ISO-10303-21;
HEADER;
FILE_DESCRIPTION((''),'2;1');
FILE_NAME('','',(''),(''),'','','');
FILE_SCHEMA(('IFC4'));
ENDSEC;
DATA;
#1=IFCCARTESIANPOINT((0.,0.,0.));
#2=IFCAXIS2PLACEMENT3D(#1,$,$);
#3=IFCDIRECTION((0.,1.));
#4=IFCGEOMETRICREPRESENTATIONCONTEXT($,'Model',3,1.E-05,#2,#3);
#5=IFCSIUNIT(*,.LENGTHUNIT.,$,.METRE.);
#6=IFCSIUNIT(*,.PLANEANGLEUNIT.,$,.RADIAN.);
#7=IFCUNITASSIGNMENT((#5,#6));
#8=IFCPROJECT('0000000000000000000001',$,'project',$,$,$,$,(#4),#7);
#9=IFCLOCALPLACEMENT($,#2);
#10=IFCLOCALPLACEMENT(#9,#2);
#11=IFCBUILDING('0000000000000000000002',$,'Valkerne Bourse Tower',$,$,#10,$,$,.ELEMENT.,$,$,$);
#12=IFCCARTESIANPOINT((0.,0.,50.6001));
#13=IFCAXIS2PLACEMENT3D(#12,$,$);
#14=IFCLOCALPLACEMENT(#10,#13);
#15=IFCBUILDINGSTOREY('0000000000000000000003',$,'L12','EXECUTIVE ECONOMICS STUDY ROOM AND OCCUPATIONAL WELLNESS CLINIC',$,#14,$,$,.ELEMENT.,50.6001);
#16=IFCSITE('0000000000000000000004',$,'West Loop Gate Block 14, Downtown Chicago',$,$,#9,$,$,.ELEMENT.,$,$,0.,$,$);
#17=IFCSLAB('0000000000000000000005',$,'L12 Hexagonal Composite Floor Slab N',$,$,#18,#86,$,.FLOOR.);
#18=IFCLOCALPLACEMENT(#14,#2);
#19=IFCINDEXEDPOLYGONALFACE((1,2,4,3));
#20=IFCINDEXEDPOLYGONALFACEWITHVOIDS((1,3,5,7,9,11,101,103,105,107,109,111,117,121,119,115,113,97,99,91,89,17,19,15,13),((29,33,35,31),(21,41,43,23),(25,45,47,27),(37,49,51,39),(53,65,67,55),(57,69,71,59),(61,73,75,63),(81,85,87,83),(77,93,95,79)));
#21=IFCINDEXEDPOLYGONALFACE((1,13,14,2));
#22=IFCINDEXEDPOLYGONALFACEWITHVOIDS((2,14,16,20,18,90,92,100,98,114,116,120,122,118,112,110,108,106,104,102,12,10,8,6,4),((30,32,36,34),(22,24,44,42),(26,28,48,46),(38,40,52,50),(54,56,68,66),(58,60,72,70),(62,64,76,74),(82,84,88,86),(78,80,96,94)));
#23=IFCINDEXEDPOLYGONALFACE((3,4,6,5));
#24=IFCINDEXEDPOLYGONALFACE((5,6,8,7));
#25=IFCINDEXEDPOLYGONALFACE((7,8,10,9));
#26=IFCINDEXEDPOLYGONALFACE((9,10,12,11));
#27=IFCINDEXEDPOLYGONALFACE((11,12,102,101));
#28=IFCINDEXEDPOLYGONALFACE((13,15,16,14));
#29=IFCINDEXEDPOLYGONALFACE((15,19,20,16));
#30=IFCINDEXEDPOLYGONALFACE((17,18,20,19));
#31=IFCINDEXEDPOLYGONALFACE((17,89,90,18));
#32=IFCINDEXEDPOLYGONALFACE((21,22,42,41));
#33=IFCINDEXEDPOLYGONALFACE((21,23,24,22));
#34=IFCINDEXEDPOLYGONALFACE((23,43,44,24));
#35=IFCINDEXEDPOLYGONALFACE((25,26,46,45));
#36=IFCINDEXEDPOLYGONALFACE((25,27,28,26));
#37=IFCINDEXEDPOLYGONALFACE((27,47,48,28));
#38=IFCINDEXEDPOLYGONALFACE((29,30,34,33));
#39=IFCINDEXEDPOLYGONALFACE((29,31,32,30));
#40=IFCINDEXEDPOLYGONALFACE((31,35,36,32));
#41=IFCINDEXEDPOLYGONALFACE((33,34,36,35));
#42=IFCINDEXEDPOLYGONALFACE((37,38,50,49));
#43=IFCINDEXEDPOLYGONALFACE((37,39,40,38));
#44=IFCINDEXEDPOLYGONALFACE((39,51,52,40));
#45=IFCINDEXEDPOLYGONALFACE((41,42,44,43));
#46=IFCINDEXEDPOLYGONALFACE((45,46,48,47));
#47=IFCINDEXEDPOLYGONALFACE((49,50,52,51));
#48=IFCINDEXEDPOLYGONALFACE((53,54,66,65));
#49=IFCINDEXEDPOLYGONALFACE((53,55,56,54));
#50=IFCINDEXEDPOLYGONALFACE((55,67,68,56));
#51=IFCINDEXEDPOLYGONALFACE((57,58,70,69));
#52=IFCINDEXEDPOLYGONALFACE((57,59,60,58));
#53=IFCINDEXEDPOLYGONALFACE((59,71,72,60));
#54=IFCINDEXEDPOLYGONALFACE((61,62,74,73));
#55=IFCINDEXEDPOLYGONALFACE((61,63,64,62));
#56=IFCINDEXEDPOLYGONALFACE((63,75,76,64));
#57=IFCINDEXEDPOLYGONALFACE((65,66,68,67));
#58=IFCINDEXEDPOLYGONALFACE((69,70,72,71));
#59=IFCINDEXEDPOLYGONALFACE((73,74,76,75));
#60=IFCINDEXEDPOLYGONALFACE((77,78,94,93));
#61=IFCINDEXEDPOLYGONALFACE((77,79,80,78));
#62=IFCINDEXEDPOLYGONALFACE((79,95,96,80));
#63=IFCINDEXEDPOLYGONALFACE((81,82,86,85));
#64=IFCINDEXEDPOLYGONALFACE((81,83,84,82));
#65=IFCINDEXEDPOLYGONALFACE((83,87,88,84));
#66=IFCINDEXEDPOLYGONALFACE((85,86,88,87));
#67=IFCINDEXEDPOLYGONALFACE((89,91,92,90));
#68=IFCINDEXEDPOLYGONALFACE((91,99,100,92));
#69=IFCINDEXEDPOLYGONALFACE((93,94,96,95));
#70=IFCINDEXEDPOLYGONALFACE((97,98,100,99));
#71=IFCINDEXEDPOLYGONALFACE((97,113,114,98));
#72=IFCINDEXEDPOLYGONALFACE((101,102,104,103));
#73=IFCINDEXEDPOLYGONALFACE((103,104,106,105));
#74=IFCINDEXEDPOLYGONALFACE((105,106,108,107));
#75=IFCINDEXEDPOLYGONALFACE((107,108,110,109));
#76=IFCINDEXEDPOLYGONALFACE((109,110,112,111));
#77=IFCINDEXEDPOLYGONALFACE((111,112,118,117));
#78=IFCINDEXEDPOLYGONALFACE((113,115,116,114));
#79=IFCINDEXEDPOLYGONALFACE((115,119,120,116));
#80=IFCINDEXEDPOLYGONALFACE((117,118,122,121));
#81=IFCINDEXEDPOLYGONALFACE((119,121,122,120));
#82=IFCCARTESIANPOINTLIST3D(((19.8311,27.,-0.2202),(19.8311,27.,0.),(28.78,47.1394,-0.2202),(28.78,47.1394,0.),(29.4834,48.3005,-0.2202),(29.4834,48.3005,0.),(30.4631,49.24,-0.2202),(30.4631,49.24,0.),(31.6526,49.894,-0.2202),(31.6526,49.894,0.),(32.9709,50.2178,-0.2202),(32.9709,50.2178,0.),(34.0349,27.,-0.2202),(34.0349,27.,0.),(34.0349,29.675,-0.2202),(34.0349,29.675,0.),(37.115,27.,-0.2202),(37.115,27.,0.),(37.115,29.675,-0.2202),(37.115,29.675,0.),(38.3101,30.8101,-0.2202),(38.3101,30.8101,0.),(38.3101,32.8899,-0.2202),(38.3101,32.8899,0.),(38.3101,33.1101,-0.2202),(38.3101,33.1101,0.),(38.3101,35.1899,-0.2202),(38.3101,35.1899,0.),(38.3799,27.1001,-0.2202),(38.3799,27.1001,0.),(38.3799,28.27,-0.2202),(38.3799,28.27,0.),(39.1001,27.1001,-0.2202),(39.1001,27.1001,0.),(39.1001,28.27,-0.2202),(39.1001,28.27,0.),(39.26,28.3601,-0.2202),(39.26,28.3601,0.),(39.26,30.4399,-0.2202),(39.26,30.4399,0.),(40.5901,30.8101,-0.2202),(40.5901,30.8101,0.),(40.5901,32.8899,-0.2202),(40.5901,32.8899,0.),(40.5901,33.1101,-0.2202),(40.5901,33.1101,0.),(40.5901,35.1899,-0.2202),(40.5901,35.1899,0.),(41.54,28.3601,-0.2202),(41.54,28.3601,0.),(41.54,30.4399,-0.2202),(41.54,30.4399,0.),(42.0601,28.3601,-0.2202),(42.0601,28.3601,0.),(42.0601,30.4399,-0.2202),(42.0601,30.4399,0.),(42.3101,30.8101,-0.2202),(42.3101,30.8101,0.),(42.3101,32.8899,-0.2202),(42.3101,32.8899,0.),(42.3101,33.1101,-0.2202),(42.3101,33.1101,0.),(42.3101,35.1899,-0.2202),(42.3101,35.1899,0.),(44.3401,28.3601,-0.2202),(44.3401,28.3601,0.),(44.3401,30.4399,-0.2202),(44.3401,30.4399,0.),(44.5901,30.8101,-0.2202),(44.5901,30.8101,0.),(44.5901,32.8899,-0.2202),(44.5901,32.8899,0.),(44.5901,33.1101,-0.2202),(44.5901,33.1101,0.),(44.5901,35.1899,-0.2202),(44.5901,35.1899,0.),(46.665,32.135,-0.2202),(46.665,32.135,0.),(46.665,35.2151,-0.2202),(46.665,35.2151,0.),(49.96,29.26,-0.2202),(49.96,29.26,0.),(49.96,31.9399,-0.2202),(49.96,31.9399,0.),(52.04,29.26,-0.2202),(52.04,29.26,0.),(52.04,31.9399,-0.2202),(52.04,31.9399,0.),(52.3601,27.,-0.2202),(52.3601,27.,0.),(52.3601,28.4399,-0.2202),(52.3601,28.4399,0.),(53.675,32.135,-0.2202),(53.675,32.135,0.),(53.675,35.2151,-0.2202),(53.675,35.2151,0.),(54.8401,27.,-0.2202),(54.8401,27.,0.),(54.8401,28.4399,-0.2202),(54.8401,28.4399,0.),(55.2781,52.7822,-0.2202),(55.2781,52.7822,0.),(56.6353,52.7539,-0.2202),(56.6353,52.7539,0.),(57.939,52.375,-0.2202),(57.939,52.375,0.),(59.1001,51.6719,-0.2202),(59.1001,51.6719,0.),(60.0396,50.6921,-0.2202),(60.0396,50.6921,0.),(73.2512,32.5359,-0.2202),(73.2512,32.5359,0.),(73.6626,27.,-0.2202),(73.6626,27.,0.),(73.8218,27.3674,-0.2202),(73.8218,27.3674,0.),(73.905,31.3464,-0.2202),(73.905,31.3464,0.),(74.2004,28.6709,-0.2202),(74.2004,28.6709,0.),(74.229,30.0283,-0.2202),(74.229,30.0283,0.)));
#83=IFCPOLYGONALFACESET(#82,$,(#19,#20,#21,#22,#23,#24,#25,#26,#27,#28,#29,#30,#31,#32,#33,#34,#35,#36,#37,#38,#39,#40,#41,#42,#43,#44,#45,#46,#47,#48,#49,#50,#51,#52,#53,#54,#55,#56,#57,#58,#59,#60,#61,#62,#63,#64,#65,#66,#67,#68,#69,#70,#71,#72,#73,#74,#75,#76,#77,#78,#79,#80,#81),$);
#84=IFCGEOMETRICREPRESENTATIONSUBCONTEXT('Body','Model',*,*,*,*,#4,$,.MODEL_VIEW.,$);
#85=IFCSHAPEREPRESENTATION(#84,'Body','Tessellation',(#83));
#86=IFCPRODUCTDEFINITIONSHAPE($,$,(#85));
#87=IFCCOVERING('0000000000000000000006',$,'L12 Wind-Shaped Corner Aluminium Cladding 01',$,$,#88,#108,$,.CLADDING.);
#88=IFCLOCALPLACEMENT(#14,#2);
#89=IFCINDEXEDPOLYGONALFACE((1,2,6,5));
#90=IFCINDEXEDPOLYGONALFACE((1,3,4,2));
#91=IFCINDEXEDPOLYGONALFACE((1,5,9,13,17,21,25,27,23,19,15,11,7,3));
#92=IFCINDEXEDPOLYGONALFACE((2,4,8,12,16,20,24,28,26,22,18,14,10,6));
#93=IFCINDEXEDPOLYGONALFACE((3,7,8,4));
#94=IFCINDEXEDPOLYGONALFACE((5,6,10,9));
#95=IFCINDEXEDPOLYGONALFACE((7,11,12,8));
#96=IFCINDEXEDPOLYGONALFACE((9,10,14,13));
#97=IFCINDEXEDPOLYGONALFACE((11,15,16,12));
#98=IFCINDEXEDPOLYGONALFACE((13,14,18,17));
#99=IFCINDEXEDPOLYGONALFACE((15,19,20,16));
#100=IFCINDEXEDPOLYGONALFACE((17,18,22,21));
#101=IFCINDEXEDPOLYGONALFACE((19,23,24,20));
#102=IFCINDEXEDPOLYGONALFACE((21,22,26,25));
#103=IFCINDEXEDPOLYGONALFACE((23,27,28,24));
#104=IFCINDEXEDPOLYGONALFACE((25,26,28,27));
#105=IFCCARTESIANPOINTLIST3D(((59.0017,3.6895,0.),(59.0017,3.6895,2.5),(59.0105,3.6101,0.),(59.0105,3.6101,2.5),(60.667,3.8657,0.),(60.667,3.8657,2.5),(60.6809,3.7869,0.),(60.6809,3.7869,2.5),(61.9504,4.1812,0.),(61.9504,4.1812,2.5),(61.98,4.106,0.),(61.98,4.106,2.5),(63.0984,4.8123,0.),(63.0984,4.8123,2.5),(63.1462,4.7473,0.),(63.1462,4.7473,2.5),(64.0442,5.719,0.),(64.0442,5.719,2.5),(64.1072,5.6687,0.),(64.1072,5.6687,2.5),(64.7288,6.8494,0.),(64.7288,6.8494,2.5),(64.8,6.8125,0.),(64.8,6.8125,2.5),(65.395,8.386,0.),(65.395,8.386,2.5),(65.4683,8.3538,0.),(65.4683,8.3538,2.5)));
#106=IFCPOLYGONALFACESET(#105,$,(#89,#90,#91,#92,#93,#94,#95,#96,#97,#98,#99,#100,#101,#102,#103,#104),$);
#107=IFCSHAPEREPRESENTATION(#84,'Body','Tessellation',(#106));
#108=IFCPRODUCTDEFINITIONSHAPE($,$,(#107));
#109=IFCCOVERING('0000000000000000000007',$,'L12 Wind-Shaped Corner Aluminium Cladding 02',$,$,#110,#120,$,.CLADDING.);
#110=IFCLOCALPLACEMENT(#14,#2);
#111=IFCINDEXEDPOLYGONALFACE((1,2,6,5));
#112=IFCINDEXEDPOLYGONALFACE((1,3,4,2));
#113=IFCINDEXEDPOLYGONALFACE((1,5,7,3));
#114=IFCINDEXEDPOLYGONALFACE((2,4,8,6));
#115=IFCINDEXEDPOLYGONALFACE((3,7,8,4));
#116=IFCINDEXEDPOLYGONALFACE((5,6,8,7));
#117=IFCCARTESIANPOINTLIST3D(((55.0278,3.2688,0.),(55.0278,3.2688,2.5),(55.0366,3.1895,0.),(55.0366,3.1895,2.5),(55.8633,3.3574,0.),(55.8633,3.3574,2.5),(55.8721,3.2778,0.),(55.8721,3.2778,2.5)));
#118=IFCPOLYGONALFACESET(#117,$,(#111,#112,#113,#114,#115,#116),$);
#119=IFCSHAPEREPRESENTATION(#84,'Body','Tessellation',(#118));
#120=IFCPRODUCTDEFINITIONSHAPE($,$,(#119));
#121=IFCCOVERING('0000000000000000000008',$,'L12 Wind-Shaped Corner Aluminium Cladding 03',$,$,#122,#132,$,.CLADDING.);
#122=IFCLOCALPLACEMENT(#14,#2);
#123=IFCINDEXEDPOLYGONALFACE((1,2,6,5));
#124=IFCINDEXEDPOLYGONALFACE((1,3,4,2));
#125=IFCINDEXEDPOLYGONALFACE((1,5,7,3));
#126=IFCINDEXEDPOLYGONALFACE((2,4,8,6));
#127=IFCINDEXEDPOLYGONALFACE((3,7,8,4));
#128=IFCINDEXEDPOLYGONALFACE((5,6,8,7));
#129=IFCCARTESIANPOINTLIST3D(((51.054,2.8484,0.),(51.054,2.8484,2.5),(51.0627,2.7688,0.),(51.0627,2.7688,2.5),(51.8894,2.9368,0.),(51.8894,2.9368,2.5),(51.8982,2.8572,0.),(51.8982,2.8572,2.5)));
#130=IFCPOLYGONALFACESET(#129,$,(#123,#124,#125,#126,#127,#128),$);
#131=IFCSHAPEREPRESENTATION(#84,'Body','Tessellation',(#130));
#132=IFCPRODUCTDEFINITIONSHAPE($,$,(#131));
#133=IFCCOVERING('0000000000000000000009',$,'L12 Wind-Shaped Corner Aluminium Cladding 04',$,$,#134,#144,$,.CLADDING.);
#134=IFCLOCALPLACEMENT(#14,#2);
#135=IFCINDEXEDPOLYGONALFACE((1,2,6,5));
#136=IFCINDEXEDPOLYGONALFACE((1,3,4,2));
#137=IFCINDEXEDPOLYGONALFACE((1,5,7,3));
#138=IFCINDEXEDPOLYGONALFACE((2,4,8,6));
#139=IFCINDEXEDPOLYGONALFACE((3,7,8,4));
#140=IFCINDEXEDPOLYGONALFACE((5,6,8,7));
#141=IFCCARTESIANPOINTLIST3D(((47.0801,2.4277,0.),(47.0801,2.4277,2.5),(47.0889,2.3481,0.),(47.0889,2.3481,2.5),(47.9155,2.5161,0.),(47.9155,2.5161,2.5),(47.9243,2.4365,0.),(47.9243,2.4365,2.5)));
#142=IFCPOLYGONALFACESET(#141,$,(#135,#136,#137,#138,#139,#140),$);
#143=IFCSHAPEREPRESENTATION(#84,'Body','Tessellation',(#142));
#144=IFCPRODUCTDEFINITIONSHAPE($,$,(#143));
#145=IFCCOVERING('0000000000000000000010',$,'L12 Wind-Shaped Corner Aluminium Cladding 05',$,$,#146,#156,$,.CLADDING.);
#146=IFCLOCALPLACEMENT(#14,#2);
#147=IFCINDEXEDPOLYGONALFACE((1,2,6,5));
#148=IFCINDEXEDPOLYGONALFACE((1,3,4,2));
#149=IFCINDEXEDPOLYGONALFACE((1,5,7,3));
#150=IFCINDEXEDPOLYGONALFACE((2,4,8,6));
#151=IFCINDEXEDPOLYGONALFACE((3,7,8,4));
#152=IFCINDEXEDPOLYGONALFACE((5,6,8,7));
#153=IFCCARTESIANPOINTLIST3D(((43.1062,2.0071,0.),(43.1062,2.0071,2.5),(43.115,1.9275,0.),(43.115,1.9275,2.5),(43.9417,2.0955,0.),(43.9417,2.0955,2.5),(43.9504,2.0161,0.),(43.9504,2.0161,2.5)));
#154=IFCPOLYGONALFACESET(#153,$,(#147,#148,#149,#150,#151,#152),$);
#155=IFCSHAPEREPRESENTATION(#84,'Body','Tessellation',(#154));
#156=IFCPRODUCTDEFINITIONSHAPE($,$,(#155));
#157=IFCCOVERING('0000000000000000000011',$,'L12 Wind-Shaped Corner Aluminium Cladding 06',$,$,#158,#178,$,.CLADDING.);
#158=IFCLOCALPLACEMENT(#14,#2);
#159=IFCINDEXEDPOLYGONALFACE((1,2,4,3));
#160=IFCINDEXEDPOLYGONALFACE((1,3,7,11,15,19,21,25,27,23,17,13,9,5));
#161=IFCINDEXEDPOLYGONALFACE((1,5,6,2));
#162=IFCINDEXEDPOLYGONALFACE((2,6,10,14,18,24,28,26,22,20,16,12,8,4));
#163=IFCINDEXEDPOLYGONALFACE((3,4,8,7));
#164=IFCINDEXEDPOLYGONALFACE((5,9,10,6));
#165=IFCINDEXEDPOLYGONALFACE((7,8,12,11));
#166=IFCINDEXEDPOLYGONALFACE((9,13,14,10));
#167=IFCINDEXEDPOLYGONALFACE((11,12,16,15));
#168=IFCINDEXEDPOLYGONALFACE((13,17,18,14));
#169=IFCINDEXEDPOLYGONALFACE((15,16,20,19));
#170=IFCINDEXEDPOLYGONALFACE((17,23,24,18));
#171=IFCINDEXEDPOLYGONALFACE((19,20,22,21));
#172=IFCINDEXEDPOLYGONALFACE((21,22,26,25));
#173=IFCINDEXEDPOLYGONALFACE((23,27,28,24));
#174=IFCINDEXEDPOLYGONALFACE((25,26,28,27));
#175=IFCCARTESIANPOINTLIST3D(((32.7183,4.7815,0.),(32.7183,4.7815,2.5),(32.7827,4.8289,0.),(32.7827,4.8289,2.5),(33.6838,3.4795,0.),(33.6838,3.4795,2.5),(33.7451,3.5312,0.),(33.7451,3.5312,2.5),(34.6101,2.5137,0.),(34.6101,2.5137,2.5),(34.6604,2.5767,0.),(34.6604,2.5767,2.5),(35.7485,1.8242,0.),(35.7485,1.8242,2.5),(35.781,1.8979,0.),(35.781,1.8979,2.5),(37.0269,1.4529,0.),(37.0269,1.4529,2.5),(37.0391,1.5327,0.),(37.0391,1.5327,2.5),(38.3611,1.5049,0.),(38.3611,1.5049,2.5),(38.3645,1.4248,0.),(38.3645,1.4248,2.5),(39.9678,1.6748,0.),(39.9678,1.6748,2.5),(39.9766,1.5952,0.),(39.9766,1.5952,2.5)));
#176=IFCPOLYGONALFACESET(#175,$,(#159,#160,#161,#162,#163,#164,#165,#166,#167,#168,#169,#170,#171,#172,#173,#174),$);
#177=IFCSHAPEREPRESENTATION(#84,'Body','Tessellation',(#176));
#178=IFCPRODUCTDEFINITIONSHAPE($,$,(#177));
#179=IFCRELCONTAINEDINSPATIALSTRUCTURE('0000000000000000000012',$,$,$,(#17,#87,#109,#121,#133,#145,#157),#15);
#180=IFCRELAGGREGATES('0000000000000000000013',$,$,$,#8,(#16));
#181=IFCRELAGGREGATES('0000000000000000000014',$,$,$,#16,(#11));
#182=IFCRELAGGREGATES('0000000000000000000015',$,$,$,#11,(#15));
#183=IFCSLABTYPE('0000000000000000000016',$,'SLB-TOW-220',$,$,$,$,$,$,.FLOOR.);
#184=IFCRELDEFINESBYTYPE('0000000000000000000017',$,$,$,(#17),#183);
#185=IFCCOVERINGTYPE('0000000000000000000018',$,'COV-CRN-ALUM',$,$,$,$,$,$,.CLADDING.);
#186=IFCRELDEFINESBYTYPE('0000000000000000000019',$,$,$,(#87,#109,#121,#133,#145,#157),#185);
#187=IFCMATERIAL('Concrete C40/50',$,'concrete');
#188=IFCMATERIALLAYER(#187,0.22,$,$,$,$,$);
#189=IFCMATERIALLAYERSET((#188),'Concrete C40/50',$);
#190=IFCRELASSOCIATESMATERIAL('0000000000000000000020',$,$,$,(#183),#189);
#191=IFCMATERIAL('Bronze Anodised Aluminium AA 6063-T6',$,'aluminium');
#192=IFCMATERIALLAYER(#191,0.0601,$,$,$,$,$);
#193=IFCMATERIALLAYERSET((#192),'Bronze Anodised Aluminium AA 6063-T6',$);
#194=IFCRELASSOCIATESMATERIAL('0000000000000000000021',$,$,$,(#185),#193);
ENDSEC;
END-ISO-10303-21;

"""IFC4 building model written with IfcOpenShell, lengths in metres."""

from ifc_helpers import new_model, si_unit, direction, frame, origin, place, context, subcontext, project, spatial, polyline, outline, extrude, material, layer, layer_set, type_object, element, save


model = new_model("IFC4")

# Units and contexts
model_context = context("Model", 3, precision=1e-05, world=origin(), true_north=direction((0.0, 1.0)))
body_context = subcontext(model_context, "Body", "Model", "MODEL_VIEW")
ifc_project = project(units=[si_unit("LENGTHUNIT", "METRE"), si_unit("PLANEANGLEUNIT", "RADIAN")], contexts=[model_context])

# Site, building, storey
site_placement = place(None, origin())
site = spatial("IfcSite", under=ifc_project, at=site_placement, Name="West Loop Gate Block 14, Downtown Chicago", CompositionType="ELEMENT", RefElevation=0.0)
building_placement = place(site_placement, origin())
building = spatial("IfcBuilding", under=site, at=building_placement, Name="Valkerne Bourse Tower", CompositionType="ELEMENT")
storey_placement = place(building_placement, frame((0.0, 0.0, 50.6001)))
storey = spatial("IfcBuildingStorey", under=building, at=storey_placement, Name="L12", Description="EXECUTIVE ECONOMICS STUDY ROOM AND OCCUPATIONAL WELLNESS CLINIC", CompositionType="ELEMENT", Elevation=50.6001)

# Slab
ifc_material_1 = material(Name="Concrete C40/50", Category="concrete")
ifc_layer_1 = layer(ifc_material_1, 0.22)
ifc_layer_set_1 = layer_set([ifc_layer_1], Name="Concrete C40/50")
slab_type_1 = type_object("IfcSlabType", Name="SLB-TOW-220", PredefinedType="FLOOR", material=ifc_layer_set_1)
slab_1_placement = place(storey_placement, frame((0.0, 0.0, -0.2202)))
element("IfcSlab", 1, at=slab_1_placement, inside=storey, type_object=slab_type_1, Name="L12 Hexagonal Composite Floor Slab N", PredefinedType="FLOOR", context=body_context, shape_type="SweptSolid", body=[
    extrude(outline(polyline([(28.78, 47.1394), (29.4834, 48.3005), (30.4631, 49.24), (31.6526, 49.894), (32.9709, 50.2178), (55.2781, 52.7822), (56.6353, 52.7539), (57.939, 52.375), (59.1001, 51.6719), (60.0396, 50.6921), (73.2512, 32.5359), (73.905, 31.3464), (74.229, 30.0283), (74.2004, 28.6709), (73.8218, 27.3674), (73.6626, 27.0), (54.8401, 27.0), (54.8401, 28.4399), (52.3601, 28.4399), (52.3601, 27.0), (37.115, 27.0), (37.115, 29.675), (34.0349, 29.675), (34.0349, 27.0), (19.8311, 27.0), (28.78, 47.1394)]), holes=[polyline([(39.1001, 28.27), (38.3799, 28.27), (38.3799, 27.1001), (39.1001, 27.1001), (39.1001, 28.27)]), polyline([(41.54, 30.4399), (39.26, 30.4399), (39.26, 28.3601), (41.54, 28.3601), (41.54, 30.4399)]), polyline([(44.3401, 30.4399), (42.0601, 30.4399), (42.0601, 28.3601), (44.3401, 28.3601), (44.3401, 30.4399)]), polyline([(40.5901, 30.8101), (40.5901, 32.8899), (38.3101, 32.8899), (38.3101, 30.8101), (40.5901, 30.8101)]), polyline([(40.5901, 33.1101), (40.5901, 35.1899), (38.3101, 35.1899), (38.3101, 33.1101), (40.5901, 33.1101)]), polyline([(52.04, 31.9399), (49.96, 31.9399), (49.96, 29.26), (52.04, 29.26), (52.04, 31.9399)]), polyline([(44.5901, 32.8899), (42.3101, 32.8899), (42.3101, 30.8101), (44.5901, 30.8101), (44.5901, 32.8899)]), polyline([(53.675, 32.135), (53.675, 35.2151), (46.665, 35.2151), (46.665, 32.135), (53.675, 32.135)]), polyline([(44.5901, 33.1101), (44.5901, 35.1899), (42.3101, 35.1899), (42.3101, 33.1101), (44.5901, 33.1101)])]), origin(), (0.0, 0.0, 1.0), 0.2202),
])

# Coverings
ifc_material_2 = material(Name="Bronze Anodised Aluminium AA 6063-T6", Category="aluminium")
ifc_layer_2 = layer(ifc_material_2, 0.0601)
ifc_layer_set_2 = layer_set([ifc_layer_2], Name="Bronze Anodised Aluminium AA 6063-T6")
covering_type = type_object("IfcCoveringType", Name="COV-CRN-ALUM", PredefinedType="CLADDING", material=ifc_layer_set_2)
covering_1_placement = place(storey_placement, origin())
element("IfcCovering", 2, at=covering_1_placement, inside=storey, type_object=covering_type, Name="L12 Wind-Shaped Corner Aluminium Cladding 01", PredefinedType="CLADDING", context=body_context, shape_type="SweptSolid", body=[
    extrude(outline(polyline([(64.1072, 5.6687), (63.1462, 4.7473), (61.98, 4.106), (60.6809, 3.7869), (59.0105, 3.6101), (59.0017, 3.6895), (60.667, 3.8657), (61.9504, 4.1812), (63.0984, 4.8123), (64.0442, 5.719), (64.7288, 6.8494), (65.395, 8.386), (65.4683, 8.3538), (64.8, 6.8125), (64.1072, 5.6687)])), origin(), (0.0, 0.0, 1.0), 2.5),
])
covering_2_placement = place(storey_placement, origin())
element("IfcCovering", 3, at=covering_2_placement, inside=storey, type_object=covering_type, Name="L12 Wind-Shaped Corner Aluminium Cladding 02", PredefinedType="CLADDING", context=body_context, shape_type="SweptSolid", body=[
    extrude(outline(polyline([(55.0366, 3.1895), (55.0278, 3.2688), (55.8633, 3.3574), (55.8721, 3.2778), (55.0366, 3.1895)])), origin(), (0.0, 0.0, 1.0), 2.5),
])
covering_3_placement = place(storey_placement, origin())
element("IfcCovering", 4, at=covering_3_placement, inside=storey, type_object=covering_type, Name="L12 Wind-Shaped Corner Aluminium Cladding 03", PredefinedType="CLADDING", context=body_context, shape_type="SweptSolid", body=[
    extrude(outline(polyline([(51.0627, 2.7688), (51.054, 2.8484), (51.8894, 2.9368), (51.8982, 2.8572), (51.0627, 2.7688)])), origin(), (0.0, 0.0, 1.0), 2.5),
])
covering_4_placement = place(storey_placement, origin())
element("IfcCovering", 5, at=covering_4_placement, inside=storey, type_object=covering_type, Name="L12 Wind-Shaped Corner Aluminium Cladding 04", PredefinedType="CLADDING", context=body_context, shape_type="SweptSolid", body=[
    extrude(outline(polyline([(47.0889, 2.3481), (47.0801, 2.4277), (47.9155, 2.5161), (47.9243, 2.4365), (47.0889, 2.3481)])), origin(), (0.0, 0.0, 1.0), 2.5),
])
covering_5_placement = place(storey_placement, origin())
element("IfcCovering", 6, at=covering_5_placement, inside=storey, type_object=covering_type, Name="L12 Wind-Shaped Corner Aluminium Cladding 05", PredefinedType="CLADDING", context=body_context, shape_type="SweptSolid", body=[
    extrude(outline(polyline([(43.115, 1.9275), (43.1062, 2.0071), (43.9417, 2.0955), (43.9504, 2.0161), (43.115, 1.9275)])), origin(), (0.0, 0.0, 1.0), 2.5),
])
covering_6_placement = place(storey_placement, origin())
element("IfcCovering", 7, at=covering_6_placement, inside=storey, type_object=covering_type, Name="L12 Wind-Shaped Corner Aluminium Cladding 06", PredefinedType="CLADDING", context=body_context, shape_type="SweptSolid", body=[
    extrude(outline(polyline([(38.3645, 1.4248), (37.0269, 1.4529), (35.7485, 1.8242), (34.6101, 2.5137), (33.6838, 3.4795), (32.7183, 4.7815), (32.7827, 4.8289), (33.7451, 3.5312), (34.6604, 2.5767), (35.781, 1.8979), (37.0391, 1.5327), (38.3611, 1.5049), (39.9678, 1.6748), (39.9766, 1.5952), (38.3645, 1.4248)])), origin(), (0.0, 0.0, 1.0), 2.5),
])

save(model, "model.ifc")
